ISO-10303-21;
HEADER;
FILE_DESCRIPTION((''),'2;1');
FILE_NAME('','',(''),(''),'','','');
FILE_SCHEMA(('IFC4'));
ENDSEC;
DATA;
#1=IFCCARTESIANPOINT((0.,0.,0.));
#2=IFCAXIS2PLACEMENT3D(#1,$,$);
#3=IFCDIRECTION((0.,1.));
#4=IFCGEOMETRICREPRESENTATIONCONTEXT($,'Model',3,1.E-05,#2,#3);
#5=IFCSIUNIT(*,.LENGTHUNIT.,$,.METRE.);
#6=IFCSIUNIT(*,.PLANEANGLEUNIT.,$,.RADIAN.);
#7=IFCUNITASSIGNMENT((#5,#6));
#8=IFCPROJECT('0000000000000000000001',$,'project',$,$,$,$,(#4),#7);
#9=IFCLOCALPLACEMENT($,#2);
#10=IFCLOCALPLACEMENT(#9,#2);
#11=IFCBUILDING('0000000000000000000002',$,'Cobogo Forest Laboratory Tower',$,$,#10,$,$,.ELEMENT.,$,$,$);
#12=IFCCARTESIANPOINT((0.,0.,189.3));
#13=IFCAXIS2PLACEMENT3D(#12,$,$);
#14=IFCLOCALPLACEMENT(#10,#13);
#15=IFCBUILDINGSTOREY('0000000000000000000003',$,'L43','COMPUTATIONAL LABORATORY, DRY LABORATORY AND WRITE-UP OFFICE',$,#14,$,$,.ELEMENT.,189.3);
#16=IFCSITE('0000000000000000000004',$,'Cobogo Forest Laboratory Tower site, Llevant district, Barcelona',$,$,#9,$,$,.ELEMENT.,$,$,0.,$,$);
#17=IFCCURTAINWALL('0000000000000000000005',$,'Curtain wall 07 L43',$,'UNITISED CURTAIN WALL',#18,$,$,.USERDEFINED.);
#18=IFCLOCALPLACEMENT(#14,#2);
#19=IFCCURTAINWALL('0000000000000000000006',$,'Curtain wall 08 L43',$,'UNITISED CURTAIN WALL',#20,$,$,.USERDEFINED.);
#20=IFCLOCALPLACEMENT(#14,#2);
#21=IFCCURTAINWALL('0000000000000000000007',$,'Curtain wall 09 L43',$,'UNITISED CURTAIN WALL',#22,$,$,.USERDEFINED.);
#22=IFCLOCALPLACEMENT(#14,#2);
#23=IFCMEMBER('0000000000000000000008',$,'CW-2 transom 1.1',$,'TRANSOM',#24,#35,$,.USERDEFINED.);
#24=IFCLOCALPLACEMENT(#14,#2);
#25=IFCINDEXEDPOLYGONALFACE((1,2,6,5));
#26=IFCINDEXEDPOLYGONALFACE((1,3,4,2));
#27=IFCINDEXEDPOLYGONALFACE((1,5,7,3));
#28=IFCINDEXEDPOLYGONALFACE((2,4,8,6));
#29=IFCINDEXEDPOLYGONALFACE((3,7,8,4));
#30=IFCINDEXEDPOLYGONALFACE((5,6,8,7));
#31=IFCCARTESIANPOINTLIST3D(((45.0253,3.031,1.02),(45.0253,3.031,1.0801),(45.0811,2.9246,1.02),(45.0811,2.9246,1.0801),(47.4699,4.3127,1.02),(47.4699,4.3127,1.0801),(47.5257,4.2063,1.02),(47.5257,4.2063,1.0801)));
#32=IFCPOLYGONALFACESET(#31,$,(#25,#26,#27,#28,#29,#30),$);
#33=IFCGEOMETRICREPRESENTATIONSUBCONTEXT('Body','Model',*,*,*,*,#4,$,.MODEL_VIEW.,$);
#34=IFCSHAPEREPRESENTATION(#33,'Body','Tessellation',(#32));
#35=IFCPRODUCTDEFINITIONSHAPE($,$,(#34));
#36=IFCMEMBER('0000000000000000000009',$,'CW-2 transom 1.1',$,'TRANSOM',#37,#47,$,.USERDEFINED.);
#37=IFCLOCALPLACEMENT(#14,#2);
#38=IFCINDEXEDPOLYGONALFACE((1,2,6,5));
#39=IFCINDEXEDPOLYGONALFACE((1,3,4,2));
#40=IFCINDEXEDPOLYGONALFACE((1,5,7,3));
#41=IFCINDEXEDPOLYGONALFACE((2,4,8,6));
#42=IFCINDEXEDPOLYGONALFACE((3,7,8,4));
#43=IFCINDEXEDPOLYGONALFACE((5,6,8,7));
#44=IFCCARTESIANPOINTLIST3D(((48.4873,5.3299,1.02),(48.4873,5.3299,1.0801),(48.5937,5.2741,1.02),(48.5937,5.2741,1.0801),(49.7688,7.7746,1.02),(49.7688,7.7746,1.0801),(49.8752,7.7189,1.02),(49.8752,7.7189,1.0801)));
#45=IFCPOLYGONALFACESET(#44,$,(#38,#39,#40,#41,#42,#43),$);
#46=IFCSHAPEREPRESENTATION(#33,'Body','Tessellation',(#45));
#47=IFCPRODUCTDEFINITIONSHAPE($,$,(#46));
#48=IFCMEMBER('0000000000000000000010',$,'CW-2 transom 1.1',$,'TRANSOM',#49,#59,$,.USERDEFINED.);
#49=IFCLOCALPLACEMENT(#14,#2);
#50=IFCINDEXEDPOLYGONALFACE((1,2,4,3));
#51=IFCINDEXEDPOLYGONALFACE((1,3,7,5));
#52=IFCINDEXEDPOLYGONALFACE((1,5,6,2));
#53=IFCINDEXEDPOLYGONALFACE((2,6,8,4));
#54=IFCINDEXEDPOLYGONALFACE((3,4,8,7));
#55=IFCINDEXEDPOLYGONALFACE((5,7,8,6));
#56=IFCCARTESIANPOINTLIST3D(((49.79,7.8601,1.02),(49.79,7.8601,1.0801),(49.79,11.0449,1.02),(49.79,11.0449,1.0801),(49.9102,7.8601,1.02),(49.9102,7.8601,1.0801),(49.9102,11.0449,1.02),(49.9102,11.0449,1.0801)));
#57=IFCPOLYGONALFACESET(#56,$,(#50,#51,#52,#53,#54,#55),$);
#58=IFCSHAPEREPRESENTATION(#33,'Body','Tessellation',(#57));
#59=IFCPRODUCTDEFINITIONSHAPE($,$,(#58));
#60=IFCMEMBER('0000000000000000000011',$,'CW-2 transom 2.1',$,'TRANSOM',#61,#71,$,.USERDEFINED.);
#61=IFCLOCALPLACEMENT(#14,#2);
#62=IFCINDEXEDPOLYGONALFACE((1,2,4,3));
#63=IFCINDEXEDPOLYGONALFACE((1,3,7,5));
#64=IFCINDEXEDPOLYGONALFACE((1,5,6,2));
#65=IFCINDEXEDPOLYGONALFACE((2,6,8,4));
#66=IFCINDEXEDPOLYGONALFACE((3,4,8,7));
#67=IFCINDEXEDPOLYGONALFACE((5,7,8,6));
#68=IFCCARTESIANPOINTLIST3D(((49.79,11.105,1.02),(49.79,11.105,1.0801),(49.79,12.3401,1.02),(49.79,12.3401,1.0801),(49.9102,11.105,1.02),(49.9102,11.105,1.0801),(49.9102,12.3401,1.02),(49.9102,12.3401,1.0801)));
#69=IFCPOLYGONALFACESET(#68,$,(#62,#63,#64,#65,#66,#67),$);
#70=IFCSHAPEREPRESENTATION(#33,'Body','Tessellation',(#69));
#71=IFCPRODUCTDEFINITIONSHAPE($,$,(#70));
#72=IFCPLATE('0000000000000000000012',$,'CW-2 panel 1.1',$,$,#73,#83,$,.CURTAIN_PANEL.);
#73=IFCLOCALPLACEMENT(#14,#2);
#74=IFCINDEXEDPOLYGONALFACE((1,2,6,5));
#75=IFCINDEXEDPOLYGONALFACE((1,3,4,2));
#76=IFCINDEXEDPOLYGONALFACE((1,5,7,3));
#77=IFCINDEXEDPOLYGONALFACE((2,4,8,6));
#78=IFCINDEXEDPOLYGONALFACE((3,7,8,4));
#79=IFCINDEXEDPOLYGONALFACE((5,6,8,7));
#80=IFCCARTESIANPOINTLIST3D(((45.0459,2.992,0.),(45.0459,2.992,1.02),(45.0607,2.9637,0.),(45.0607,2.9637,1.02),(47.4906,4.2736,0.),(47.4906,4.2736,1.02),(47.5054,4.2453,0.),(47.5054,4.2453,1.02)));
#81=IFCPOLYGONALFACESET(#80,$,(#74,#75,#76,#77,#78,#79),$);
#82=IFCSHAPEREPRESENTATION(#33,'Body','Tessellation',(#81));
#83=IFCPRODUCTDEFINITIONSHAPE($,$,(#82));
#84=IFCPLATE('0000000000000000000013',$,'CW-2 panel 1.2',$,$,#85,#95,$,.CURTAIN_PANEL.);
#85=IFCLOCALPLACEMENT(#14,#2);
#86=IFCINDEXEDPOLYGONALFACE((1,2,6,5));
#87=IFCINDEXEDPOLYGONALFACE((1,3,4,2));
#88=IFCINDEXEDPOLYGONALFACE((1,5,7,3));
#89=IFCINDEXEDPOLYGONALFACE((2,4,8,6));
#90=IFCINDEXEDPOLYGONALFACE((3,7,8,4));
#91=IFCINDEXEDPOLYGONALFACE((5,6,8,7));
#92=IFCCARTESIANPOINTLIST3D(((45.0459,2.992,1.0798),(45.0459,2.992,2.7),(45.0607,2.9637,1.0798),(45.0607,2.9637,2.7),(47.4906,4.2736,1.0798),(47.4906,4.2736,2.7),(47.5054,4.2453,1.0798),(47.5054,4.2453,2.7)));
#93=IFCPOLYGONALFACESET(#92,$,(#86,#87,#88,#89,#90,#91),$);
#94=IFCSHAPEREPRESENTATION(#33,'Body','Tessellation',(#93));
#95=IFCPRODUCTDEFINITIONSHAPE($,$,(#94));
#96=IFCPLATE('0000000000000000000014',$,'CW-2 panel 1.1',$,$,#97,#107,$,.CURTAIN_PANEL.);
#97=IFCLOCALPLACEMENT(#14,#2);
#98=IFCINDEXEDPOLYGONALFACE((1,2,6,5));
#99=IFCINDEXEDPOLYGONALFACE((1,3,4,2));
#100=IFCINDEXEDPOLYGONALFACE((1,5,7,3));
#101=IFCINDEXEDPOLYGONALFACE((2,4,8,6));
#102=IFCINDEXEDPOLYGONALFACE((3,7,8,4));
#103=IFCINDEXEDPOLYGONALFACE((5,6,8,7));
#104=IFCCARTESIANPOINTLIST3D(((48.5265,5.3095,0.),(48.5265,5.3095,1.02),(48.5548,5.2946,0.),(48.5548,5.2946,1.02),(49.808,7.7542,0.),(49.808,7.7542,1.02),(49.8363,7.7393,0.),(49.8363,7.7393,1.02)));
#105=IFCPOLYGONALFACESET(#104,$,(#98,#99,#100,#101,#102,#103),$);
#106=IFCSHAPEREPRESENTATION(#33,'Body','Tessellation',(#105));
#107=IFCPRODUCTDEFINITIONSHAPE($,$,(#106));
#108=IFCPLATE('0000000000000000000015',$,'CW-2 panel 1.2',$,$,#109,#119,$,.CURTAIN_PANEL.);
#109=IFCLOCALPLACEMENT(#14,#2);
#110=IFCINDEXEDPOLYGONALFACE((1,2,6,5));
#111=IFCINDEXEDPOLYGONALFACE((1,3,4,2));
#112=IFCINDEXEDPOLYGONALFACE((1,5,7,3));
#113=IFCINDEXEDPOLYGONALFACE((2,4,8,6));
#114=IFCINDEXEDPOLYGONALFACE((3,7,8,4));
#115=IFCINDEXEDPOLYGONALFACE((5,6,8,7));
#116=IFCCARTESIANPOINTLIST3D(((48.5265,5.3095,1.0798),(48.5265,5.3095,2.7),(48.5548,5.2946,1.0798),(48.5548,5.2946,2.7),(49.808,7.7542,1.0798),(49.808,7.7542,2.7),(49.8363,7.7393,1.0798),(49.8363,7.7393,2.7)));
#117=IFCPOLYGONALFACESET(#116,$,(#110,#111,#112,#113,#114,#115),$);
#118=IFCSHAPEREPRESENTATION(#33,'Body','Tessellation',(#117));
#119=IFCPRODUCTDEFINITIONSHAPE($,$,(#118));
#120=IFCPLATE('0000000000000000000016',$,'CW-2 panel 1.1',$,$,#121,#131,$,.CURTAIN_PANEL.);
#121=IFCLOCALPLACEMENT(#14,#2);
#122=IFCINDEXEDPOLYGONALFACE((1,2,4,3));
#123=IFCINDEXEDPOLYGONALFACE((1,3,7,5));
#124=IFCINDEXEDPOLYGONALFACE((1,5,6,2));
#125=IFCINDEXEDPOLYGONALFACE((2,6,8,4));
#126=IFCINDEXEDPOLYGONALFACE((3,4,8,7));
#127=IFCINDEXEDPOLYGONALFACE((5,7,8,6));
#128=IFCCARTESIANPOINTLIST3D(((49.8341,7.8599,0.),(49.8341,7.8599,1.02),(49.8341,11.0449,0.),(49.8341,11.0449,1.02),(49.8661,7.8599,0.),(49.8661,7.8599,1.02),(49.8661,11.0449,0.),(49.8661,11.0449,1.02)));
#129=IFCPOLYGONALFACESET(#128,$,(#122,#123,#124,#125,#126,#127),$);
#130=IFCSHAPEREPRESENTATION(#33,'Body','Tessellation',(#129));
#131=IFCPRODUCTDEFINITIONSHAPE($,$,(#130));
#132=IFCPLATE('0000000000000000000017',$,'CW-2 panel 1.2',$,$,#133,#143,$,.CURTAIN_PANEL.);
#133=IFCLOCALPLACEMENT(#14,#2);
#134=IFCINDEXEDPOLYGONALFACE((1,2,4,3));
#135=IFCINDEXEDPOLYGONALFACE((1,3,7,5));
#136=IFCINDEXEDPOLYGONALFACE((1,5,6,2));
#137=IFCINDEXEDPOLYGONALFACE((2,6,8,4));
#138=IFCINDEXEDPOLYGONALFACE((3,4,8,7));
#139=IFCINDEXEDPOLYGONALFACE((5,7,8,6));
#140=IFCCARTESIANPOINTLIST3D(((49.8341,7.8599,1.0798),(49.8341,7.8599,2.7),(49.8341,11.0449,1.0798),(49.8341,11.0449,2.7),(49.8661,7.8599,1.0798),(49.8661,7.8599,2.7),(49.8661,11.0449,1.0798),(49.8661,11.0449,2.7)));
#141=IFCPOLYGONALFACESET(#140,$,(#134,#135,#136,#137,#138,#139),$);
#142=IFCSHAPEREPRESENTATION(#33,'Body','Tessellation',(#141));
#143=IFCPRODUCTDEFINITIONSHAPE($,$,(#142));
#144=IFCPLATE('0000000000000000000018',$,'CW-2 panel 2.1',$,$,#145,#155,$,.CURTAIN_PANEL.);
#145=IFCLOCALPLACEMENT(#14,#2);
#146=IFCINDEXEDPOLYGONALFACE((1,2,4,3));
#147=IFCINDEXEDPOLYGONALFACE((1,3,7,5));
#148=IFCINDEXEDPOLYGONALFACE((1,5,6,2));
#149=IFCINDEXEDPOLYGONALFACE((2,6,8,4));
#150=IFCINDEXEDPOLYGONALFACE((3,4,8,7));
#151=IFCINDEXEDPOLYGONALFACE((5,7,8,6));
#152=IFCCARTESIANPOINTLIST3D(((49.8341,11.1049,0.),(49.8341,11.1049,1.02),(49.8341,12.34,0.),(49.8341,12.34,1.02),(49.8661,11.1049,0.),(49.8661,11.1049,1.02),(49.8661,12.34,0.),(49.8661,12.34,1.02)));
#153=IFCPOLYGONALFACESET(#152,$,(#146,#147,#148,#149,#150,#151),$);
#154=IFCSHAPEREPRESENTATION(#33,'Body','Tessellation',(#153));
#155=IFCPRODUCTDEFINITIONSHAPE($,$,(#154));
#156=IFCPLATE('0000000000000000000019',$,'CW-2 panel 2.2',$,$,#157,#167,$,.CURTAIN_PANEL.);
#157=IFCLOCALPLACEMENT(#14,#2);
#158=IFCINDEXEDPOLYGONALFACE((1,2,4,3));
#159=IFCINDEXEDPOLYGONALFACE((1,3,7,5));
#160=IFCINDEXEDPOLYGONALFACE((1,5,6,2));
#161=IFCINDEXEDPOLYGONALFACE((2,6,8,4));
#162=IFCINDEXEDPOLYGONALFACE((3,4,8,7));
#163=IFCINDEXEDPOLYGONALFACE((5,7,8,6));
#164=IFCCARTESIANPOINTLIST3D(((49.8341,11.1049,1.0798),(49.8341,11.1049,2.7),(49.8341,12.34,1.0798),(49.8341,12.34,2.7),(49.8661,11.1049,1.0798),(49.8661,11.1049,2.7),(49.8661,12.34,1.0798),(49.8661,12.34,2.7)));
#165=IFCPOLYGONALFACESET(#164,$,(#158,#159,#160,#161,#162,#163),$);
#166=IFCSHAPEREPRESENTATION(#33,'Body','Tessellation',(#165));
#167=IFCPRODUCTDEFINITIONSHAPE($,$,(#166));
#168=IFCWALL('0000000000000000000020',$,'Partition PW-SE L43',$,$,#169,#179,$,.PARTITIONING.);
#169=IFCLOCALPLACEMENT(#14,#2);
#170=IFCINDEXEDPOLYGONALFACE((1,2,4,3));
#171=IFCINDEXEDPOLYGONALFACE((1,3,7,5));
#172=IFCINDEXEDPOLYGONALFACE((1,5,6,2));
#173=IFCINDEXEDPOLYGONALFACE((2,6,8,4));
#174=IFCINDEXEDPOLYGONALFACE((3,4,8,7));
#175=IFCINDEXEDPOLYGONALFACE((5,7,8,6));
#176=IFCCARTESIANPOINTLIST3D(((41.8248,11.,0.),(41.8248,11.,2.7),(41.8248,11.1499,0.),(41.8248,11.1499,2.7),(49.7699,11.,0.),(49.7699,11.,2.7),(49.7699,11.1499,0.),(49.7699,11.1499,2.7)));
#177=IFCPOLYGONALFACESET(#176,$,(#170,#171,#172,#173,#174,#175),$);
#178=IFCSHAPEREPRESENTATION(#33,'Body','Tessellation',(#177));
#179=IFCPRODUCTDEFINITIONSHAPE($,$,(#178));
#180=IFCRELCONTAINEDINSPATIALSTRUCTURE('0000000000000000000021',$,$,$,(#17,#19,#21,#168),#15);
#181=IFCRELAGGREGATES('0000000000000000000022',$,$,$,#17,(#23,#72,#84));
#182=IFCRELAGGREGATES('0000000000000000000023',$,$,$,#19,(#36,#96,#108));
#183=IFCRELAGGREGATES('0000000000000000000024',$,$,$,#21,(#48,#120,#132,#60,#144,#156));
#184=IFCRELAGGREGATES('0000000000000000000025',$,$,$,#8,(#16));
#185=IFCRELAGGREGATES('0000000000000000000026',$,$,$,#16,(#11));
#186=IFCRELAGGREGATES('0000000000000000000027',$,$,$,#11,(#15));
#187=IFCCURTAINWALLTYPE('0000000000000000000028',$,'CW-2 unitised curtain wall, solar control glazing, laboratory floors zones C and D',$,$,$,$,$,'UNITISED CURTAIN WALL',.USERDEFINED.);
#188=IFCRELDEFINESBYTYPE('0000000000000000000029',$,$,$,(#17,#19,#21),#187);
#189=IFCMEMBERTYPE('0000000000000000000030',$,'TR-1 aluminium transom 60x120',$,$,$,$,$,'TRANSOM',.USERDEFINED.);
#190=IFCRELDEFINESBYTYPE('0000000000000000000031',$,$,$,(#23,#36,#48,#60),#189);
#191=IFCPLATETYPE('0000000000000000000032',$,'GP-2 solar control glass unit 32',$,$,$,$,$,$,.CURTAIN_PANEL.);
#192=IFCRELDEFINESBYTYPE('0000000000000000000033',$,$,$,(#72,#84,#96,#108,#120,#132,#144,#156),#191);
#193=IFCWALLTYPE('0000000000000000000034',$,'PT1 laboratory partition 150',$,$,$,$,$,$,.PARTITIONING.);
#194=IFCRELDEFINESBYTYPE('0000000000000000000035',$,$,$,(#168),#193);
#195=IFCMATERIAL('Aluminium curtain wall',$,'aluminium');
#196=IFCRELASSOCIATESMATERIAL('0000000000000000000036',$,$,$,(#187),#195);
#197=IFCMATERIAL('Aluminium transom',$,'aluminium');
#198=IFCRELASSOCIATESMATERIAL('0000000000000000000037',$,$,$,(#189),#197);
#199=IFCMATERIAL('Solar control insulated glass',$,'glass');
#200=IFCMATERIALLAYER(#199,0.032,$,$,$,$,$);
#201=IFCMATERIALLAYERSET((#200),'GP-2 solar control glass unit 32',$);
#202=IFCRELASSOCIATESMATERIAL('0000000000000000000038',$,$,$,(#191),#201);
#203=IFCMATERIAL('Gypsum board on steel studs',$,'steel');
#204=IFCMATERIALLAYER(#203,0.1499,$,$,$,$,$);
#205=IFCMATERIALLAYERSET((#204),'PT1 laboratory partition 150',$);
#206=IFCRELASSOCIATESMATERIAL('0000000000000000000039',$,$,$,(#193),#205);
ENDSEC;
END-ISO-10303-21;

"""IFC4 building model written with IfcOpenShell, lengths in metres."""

from ifc_helpers import new_model, si_unit, direction, frame, frame_2d, origin, origin_2d, place, context, subcontext, project, spatial, rectangle, extrude, material, layer, layer_set, material_profile, profile_set, type_object, element, aggregate, save


model = new_model("IFC4")

# Units and contexts
model_context = context("Model", 3, precision=1e-05, world=origin(), true_north=direction((0.0, 1.0)))
body_context = subcontext(model_context, "Body", "Model", "MODEL_VIEW")
ifc_project = project(units=[si_unit("LENGTHUNIT", "METRE"), si_unit("PLANEANGLEUNIT", "RADIAN")], contexts=[model_context])

# Site, building, storey
site_placement = place(None, origin())
site = spatial("IfcSite", under=ifc_project, at=site_placement, Name="Cobogo Forest Laboratory Tower site, Llevant district, Barcelona", CompositionType="ELEMENT", RefElevation=0.0)
building_placement = place(site_placement, origin())
building = spatial("IfcBuilding", under=site, at=building_placement, Name="Cobogo Forest Laboratory Tower", CompositionType="ELEMENT")
storey_placement = place(building_placement, frame((0.0, 0.0, 189.3)))
storey = spatial("IfcBuildingStorey", under=building, at=storey_placement, Name="L43", Description="COMPUTATIONAL LABORATORY, DRY LABORATORY AND WRITE-UP OFFICE", CompositionType="ELEMENT", Elevation=189.3)

# Curtain walls
ifc_material_1 = material(Name="Aluminium curtain wall", Category="aluminium")
curtain_wall_type = type_object("IfcCurtainWallType", Name="CW-2 unitised curtain wall, solar control glazing, laboratory floors zones C and D", ElementType="UNITISED CURTAIN WALL", PredefinedType="USERDEFINED", material=ifc_material_1)
curtain_wall_1_placement = place(storey_placement, origin())
curtain_wall_1 = element("IfcCurtainWall", 1, at=curtain_wall_1_placement, inside=storey, type_object=curtain_wall_type, Name="Curtain wall 07 L43", ObjectType="UNITISED CURTAIN WALL", PredefinedType="USERDEFINED")
curtain_wall_2_placement = place(storey_placement, origin())
curtain_wall_2 = element("IfcCurtainWall", 2, at=curtain_wall_2_placement, inside=storey, type_object=curtain_wall_type, Name="Curtain wall 08 L43", ObjectType="UNITISED CURTAIN WALL", PredefinedType="USERDEFINED")
curtain_wall_3_placement = place(storey_placement, origin())
curtain_wall_3 = element("IfcCurtainWall", 3, at=curtain_wall_3_placement, inside=storey, type_object=curtain_wall_type, Name="Curtain wall 09 L43", ObjectType="UNITISED CURTAIN WALL", PredefinedType="USERDEFINED")

# Members
ifc_material_2 = material(Name="Aluminium transom", Category="aluminium")
ifc_material_profile_1 = material_profile(ifc_material_2, rectangle(XDim=0.1201, YDim=0.0601, at=origin_2d()), Name="AL 60x120")
ifc_profile_set_1 = profile_set([ifc_material_profile_1], Name="Aluminium transom")
member_type_1 = type_object("IfcMemberType", Name="TR-1 aluminium transom 60x120", ElementType="TRANSOM", PredefinedType="USERDEFINED", material=ifc_profile_set_1)
member_1_placement = place(storey_placement, frame((45.0532, 2.9778, 1.05), z_axis=(0.885646, 0.464361, 0.0), x_axis=(-0.464361, 0.885646, 0.0)))
member_1 = element("IfcMember", 4, at=member_1_placement, type_object=member_type_1, Name="CW-2 transom 1.1", ObjectType="TRANSOM", PredefinedType="USERDEFINED", context=body_context, shape_type="SweptSolid", body=[
    extrude(rectangle(XDim=0.1201, YDim=0.0601, at=origin_2d()), origin(), (0.0, 0.0, 1.0), 2.7603),
])
member_2_placement = place(storey_placement, frame((48.5405, 5.302, 1.05), z_axis=(0.464255, 0.885702, 0.0), x_axis=(-0.885702, 0.464255, 0.0)))
member_2 = element("IfcMember", 5, at=member_2_placement, type_object=member_type_1, Name="CW-2 transom 1.1", ObjectType="TRANSOM", PredefinedType="USERDEFINED", context=body_context, shape_type="SweptSolid", body=[
    extrude(rectangle(XDim=0.1201, YDim=0.0601, at=origin_2d()), origin(), (0.0, 0.0, 1.0), 2.7603),
])
member_3_placement = place(storey_placement, frame((49.8501, 7.8601, 1.05), z_axis=(0.0, 1.0, 0.0), x_axis=(-1.0, 0.0, 0.0)))
member_3 = element("IfcMember", 6, at=member_3_placement, type_object=member_type_1, Name="CW-2 transom 1.1", ObjectType="TRANSOM", PredefinedType="USERDEFINED", context=body_context, shape_type="SweptSolid", body=[
    extrude(rectangle(XDim=0.1201, YDim=0.0601, at=origin_2d()), origin(), (0.0, 0.0, 1.0), 3.1848),
])
member_4_placement = place(storey_placement, frame((49.8501, 11.105, 1.05), z_axis=(0.0, 1.0, 0.0), x_axis=(-1.0, 0.0, 0.0)))
member_4 = element("IfcMember", 7, at=member_4_placement, type_object=member_type_1, Name="CW-2 transom 2.1", ObjectType="TRANSOM", PredefinedType="USERDEFINED", context=body_context, shape_type="SweptSolid", body=[
    extrude(rectangle(XDim=0.1201, YDim=0.0601, at=origin_2d()), origin(), (0.0, 0.0, 1.0), 1.2351),
])

# Plates
ifc_material_3 = material(Name="Solar control insulated glass", Category="glass")
ifc_layer_1 = layer(ifc_material_3, 0.032)
ifc_layer_set_1 = layer_set([ifc_layer_1], Name="GP-2 solar control glass unit 32")
plate_type = type_object("IfcPlateType", Name="GP-2 solar control glass unit 32", PredefinedType="CURTAIN_PANEL", material=ifc_layer_set_1)
plate_1_placement = place(storey_placement, frame((46.2756, 3.6187, 0.0), z_axis=(0.0, 0.0, 1.0), x_axis=(0.885686, 0.464284, 0.0)))
plate_1 = element("IfcPlate", 8, at=plate_1_placement, type_object=plate_type, Name="CW-2 panel 1.1", PredefinedType="CURTAIN_PANEL", context=body_context, shape_type="SweptSolid", body=[
    extrude(rectangle(XDim=2.7603, YDim=0.032, at=origin_2d()), origin(), (0.0, 0.0, 1.0), 1.02),
])
plate_2_placement = place(storey_placement, frame((46.2756, 3.6187, 1.0798), z_axis=(0.0, 0.0, 1.0), x_axis=(0.885686, 0.464284, 0.0)))
plate_2 = element("IfcPlate", 9, at=plate_2_placement, type_object=plate_type, Name="CW-2 panel 1.2", PredefinedType="CURTAIN_PANEL", context=body_context, shape_type="SweptSolid", body=[
    extrude(rectangle(XDim=2.7603, YDim=0.032, at=origin_2d()), origin(), (0.0, 0.0, 1.0), 1.6201),
])
aggregate(curtain_wall_1, [member_1, plate_1, plate_2])
plate_3_placement = place(storey_placement, frame((49.1814, 6.5244, 0.0), z_axis=(0.0, 0.0, 1.0), x_axis=(0.464284, 0.885686, 0.0)))
plate_3 = element("IfcPlate", 10, at=plate_3_placement, type_object=plate_type, Name="CW-2 panel 1.1", PredefinedType="CURTAIN_PANEL", context=body_context, shape_type="SweptSolid", body=[
    extrude(rectangle(XDim=2.7603, YDim=0.032, at=origin_2d()), origin(), (0.0, 0.0, 1.0), 1.02),
])
plate_4_placement = place(storey_placement, frame((49.1814, 6.5244, 1.0798), z_axis=(0.0, 0.0, 1.0), x_axis=(0.464284, 0.885686, 0.0)))
plate_4 = element("IfcPlate", 11, at=plate_4_placement, type_object=plate_type, Name="CW-2 panel 1.2", PredefinedType="CURTAIN_PANEL", context=body_context, shape_type="SweptSolid", body=[
    extrude(rectangle(XDim=2.7603, YDim=0.032, at=origin_2d()), origin(), (0.0, 0.0, 1.0), 1.6201),
])
aggregate(curtain_wall_2, [member_2, plate_3, plate_4])
plate_5_placement = place(storey_placement, frame((49.8501, 9.4524, 0.0), z_axis=(0.0, 0.0, 1.0), x_axis=(0.0, 1.0, 0.0)))
plate_5 = element("IfcPlate", 12, at=plate_5_placement, type_object=plate_type, Name="CW-2 panel 1.1", PredefinedType="CURTAIN_PANEL", context=body_context, shape_type="SweptSolid", body=[
    extrude(rectangle(XDim=3.1851, YDim=0.032, at=origin_2d()), origin(), (0.0, 0.0, 1.0), 1.02),
])
plate_6_placement = place(storey_placement, frame((49.8501, 9.4524, 1.0798), z_axis=(0.0, 0.0, 1.0), x_axis=(0.0, 1.0, 0.0)))
plate_6 = element("IfcPlate", 13, at=plate_6_placement, type_object=plate_type, Name="CW-2 panel 1.2", PredefinedType="CURTAIN_PANEL", context=body_context, shape_type="SweptSolid", body=[
    extrude(rectangle(XDim=3.1851, YDim=0.032, at=origin_2d()), origin(), (0.0, 0.0, 1.0), 1.6201),
])
plate_7_placement = place(storey_placement, frame((49.8501, 11.7224, 0.0), z_axis=(0.0, 0.0, 1.0), x_axis=(0.0, 1.0, 0.0)))
plate_7 = element("IfcPlate", 14, at=plate_7_placement, type_object=plate_type, Name="CW-2 panel 2.1", PredefinedType="CURTAIN_PANEL", context=body_context, shape_type="SweptSolid", body=[
    extrude(rectangle(XDim=1.2351, YDim=0.032, at=origin_2d()), origin(), (0.0, 0.0, 1.0), 1.02),
])
plate_8_placement = place(storey_placement, frame((49.8501, 11.7224, 1.0798), z_axis=(0.0, 0.0, 1.0), x_axis=(0.0, 1.0, 0.0)))
plate_8 = element("IfcPlate", 15, at=plate_8_placement, type_object=plate_type, Name="CW-2 panel 2.2", PredefinedType="CURTAIN_PANEL", context=body_context, shape_type="SweptSolid", body=[
    extrude(rectangle(XDim=1.2351, YDim=0.032, at=origin_2d()), origin(), (0.0, 0.0, 1.0), 1.6201),
])
aggregate(curtain_wall_3, [member_3, plate_5, plate_6, member_4, plate_7, plate_8])

# Wall
ifc_material_4 = material(Name="Gypsum board on steel studs", Category="steel")
ifc_layer_2 = layer(ifc_material_4, 0.1499)
ifc_layer_set_2 = layer_set([ifc_layer_2], Name="PT1 laboratory partition 150")
wall_type = type_object("IfcWallType", Name="PT1 laboratory partition 150", PredefinedType="PARTITIONING", material=ifc_layer_set_2)
wall_placement = place(storey_placement, frame((49.77, 11.075, 0.0), z_axis=(0.0, 0.0, 1.0), x_axis=(-1.0, 0.0, 0.0)))
element("IfcWall", 16, at=wall_placement, inside=storey, type_object=wall_type, Name="Partition PW-SE L43", PredefinedType="PARTITIONING", context=body_context, shape_type="SweptSolid", body=[
    extrude(rectangle(XDim=7.9451, YDim=0.1499, at=frame_2d((3.9727, 0.0))), origin(), (0.0, 0.0, 1.0), 2.7),
])

save(model, "model.ifc")
